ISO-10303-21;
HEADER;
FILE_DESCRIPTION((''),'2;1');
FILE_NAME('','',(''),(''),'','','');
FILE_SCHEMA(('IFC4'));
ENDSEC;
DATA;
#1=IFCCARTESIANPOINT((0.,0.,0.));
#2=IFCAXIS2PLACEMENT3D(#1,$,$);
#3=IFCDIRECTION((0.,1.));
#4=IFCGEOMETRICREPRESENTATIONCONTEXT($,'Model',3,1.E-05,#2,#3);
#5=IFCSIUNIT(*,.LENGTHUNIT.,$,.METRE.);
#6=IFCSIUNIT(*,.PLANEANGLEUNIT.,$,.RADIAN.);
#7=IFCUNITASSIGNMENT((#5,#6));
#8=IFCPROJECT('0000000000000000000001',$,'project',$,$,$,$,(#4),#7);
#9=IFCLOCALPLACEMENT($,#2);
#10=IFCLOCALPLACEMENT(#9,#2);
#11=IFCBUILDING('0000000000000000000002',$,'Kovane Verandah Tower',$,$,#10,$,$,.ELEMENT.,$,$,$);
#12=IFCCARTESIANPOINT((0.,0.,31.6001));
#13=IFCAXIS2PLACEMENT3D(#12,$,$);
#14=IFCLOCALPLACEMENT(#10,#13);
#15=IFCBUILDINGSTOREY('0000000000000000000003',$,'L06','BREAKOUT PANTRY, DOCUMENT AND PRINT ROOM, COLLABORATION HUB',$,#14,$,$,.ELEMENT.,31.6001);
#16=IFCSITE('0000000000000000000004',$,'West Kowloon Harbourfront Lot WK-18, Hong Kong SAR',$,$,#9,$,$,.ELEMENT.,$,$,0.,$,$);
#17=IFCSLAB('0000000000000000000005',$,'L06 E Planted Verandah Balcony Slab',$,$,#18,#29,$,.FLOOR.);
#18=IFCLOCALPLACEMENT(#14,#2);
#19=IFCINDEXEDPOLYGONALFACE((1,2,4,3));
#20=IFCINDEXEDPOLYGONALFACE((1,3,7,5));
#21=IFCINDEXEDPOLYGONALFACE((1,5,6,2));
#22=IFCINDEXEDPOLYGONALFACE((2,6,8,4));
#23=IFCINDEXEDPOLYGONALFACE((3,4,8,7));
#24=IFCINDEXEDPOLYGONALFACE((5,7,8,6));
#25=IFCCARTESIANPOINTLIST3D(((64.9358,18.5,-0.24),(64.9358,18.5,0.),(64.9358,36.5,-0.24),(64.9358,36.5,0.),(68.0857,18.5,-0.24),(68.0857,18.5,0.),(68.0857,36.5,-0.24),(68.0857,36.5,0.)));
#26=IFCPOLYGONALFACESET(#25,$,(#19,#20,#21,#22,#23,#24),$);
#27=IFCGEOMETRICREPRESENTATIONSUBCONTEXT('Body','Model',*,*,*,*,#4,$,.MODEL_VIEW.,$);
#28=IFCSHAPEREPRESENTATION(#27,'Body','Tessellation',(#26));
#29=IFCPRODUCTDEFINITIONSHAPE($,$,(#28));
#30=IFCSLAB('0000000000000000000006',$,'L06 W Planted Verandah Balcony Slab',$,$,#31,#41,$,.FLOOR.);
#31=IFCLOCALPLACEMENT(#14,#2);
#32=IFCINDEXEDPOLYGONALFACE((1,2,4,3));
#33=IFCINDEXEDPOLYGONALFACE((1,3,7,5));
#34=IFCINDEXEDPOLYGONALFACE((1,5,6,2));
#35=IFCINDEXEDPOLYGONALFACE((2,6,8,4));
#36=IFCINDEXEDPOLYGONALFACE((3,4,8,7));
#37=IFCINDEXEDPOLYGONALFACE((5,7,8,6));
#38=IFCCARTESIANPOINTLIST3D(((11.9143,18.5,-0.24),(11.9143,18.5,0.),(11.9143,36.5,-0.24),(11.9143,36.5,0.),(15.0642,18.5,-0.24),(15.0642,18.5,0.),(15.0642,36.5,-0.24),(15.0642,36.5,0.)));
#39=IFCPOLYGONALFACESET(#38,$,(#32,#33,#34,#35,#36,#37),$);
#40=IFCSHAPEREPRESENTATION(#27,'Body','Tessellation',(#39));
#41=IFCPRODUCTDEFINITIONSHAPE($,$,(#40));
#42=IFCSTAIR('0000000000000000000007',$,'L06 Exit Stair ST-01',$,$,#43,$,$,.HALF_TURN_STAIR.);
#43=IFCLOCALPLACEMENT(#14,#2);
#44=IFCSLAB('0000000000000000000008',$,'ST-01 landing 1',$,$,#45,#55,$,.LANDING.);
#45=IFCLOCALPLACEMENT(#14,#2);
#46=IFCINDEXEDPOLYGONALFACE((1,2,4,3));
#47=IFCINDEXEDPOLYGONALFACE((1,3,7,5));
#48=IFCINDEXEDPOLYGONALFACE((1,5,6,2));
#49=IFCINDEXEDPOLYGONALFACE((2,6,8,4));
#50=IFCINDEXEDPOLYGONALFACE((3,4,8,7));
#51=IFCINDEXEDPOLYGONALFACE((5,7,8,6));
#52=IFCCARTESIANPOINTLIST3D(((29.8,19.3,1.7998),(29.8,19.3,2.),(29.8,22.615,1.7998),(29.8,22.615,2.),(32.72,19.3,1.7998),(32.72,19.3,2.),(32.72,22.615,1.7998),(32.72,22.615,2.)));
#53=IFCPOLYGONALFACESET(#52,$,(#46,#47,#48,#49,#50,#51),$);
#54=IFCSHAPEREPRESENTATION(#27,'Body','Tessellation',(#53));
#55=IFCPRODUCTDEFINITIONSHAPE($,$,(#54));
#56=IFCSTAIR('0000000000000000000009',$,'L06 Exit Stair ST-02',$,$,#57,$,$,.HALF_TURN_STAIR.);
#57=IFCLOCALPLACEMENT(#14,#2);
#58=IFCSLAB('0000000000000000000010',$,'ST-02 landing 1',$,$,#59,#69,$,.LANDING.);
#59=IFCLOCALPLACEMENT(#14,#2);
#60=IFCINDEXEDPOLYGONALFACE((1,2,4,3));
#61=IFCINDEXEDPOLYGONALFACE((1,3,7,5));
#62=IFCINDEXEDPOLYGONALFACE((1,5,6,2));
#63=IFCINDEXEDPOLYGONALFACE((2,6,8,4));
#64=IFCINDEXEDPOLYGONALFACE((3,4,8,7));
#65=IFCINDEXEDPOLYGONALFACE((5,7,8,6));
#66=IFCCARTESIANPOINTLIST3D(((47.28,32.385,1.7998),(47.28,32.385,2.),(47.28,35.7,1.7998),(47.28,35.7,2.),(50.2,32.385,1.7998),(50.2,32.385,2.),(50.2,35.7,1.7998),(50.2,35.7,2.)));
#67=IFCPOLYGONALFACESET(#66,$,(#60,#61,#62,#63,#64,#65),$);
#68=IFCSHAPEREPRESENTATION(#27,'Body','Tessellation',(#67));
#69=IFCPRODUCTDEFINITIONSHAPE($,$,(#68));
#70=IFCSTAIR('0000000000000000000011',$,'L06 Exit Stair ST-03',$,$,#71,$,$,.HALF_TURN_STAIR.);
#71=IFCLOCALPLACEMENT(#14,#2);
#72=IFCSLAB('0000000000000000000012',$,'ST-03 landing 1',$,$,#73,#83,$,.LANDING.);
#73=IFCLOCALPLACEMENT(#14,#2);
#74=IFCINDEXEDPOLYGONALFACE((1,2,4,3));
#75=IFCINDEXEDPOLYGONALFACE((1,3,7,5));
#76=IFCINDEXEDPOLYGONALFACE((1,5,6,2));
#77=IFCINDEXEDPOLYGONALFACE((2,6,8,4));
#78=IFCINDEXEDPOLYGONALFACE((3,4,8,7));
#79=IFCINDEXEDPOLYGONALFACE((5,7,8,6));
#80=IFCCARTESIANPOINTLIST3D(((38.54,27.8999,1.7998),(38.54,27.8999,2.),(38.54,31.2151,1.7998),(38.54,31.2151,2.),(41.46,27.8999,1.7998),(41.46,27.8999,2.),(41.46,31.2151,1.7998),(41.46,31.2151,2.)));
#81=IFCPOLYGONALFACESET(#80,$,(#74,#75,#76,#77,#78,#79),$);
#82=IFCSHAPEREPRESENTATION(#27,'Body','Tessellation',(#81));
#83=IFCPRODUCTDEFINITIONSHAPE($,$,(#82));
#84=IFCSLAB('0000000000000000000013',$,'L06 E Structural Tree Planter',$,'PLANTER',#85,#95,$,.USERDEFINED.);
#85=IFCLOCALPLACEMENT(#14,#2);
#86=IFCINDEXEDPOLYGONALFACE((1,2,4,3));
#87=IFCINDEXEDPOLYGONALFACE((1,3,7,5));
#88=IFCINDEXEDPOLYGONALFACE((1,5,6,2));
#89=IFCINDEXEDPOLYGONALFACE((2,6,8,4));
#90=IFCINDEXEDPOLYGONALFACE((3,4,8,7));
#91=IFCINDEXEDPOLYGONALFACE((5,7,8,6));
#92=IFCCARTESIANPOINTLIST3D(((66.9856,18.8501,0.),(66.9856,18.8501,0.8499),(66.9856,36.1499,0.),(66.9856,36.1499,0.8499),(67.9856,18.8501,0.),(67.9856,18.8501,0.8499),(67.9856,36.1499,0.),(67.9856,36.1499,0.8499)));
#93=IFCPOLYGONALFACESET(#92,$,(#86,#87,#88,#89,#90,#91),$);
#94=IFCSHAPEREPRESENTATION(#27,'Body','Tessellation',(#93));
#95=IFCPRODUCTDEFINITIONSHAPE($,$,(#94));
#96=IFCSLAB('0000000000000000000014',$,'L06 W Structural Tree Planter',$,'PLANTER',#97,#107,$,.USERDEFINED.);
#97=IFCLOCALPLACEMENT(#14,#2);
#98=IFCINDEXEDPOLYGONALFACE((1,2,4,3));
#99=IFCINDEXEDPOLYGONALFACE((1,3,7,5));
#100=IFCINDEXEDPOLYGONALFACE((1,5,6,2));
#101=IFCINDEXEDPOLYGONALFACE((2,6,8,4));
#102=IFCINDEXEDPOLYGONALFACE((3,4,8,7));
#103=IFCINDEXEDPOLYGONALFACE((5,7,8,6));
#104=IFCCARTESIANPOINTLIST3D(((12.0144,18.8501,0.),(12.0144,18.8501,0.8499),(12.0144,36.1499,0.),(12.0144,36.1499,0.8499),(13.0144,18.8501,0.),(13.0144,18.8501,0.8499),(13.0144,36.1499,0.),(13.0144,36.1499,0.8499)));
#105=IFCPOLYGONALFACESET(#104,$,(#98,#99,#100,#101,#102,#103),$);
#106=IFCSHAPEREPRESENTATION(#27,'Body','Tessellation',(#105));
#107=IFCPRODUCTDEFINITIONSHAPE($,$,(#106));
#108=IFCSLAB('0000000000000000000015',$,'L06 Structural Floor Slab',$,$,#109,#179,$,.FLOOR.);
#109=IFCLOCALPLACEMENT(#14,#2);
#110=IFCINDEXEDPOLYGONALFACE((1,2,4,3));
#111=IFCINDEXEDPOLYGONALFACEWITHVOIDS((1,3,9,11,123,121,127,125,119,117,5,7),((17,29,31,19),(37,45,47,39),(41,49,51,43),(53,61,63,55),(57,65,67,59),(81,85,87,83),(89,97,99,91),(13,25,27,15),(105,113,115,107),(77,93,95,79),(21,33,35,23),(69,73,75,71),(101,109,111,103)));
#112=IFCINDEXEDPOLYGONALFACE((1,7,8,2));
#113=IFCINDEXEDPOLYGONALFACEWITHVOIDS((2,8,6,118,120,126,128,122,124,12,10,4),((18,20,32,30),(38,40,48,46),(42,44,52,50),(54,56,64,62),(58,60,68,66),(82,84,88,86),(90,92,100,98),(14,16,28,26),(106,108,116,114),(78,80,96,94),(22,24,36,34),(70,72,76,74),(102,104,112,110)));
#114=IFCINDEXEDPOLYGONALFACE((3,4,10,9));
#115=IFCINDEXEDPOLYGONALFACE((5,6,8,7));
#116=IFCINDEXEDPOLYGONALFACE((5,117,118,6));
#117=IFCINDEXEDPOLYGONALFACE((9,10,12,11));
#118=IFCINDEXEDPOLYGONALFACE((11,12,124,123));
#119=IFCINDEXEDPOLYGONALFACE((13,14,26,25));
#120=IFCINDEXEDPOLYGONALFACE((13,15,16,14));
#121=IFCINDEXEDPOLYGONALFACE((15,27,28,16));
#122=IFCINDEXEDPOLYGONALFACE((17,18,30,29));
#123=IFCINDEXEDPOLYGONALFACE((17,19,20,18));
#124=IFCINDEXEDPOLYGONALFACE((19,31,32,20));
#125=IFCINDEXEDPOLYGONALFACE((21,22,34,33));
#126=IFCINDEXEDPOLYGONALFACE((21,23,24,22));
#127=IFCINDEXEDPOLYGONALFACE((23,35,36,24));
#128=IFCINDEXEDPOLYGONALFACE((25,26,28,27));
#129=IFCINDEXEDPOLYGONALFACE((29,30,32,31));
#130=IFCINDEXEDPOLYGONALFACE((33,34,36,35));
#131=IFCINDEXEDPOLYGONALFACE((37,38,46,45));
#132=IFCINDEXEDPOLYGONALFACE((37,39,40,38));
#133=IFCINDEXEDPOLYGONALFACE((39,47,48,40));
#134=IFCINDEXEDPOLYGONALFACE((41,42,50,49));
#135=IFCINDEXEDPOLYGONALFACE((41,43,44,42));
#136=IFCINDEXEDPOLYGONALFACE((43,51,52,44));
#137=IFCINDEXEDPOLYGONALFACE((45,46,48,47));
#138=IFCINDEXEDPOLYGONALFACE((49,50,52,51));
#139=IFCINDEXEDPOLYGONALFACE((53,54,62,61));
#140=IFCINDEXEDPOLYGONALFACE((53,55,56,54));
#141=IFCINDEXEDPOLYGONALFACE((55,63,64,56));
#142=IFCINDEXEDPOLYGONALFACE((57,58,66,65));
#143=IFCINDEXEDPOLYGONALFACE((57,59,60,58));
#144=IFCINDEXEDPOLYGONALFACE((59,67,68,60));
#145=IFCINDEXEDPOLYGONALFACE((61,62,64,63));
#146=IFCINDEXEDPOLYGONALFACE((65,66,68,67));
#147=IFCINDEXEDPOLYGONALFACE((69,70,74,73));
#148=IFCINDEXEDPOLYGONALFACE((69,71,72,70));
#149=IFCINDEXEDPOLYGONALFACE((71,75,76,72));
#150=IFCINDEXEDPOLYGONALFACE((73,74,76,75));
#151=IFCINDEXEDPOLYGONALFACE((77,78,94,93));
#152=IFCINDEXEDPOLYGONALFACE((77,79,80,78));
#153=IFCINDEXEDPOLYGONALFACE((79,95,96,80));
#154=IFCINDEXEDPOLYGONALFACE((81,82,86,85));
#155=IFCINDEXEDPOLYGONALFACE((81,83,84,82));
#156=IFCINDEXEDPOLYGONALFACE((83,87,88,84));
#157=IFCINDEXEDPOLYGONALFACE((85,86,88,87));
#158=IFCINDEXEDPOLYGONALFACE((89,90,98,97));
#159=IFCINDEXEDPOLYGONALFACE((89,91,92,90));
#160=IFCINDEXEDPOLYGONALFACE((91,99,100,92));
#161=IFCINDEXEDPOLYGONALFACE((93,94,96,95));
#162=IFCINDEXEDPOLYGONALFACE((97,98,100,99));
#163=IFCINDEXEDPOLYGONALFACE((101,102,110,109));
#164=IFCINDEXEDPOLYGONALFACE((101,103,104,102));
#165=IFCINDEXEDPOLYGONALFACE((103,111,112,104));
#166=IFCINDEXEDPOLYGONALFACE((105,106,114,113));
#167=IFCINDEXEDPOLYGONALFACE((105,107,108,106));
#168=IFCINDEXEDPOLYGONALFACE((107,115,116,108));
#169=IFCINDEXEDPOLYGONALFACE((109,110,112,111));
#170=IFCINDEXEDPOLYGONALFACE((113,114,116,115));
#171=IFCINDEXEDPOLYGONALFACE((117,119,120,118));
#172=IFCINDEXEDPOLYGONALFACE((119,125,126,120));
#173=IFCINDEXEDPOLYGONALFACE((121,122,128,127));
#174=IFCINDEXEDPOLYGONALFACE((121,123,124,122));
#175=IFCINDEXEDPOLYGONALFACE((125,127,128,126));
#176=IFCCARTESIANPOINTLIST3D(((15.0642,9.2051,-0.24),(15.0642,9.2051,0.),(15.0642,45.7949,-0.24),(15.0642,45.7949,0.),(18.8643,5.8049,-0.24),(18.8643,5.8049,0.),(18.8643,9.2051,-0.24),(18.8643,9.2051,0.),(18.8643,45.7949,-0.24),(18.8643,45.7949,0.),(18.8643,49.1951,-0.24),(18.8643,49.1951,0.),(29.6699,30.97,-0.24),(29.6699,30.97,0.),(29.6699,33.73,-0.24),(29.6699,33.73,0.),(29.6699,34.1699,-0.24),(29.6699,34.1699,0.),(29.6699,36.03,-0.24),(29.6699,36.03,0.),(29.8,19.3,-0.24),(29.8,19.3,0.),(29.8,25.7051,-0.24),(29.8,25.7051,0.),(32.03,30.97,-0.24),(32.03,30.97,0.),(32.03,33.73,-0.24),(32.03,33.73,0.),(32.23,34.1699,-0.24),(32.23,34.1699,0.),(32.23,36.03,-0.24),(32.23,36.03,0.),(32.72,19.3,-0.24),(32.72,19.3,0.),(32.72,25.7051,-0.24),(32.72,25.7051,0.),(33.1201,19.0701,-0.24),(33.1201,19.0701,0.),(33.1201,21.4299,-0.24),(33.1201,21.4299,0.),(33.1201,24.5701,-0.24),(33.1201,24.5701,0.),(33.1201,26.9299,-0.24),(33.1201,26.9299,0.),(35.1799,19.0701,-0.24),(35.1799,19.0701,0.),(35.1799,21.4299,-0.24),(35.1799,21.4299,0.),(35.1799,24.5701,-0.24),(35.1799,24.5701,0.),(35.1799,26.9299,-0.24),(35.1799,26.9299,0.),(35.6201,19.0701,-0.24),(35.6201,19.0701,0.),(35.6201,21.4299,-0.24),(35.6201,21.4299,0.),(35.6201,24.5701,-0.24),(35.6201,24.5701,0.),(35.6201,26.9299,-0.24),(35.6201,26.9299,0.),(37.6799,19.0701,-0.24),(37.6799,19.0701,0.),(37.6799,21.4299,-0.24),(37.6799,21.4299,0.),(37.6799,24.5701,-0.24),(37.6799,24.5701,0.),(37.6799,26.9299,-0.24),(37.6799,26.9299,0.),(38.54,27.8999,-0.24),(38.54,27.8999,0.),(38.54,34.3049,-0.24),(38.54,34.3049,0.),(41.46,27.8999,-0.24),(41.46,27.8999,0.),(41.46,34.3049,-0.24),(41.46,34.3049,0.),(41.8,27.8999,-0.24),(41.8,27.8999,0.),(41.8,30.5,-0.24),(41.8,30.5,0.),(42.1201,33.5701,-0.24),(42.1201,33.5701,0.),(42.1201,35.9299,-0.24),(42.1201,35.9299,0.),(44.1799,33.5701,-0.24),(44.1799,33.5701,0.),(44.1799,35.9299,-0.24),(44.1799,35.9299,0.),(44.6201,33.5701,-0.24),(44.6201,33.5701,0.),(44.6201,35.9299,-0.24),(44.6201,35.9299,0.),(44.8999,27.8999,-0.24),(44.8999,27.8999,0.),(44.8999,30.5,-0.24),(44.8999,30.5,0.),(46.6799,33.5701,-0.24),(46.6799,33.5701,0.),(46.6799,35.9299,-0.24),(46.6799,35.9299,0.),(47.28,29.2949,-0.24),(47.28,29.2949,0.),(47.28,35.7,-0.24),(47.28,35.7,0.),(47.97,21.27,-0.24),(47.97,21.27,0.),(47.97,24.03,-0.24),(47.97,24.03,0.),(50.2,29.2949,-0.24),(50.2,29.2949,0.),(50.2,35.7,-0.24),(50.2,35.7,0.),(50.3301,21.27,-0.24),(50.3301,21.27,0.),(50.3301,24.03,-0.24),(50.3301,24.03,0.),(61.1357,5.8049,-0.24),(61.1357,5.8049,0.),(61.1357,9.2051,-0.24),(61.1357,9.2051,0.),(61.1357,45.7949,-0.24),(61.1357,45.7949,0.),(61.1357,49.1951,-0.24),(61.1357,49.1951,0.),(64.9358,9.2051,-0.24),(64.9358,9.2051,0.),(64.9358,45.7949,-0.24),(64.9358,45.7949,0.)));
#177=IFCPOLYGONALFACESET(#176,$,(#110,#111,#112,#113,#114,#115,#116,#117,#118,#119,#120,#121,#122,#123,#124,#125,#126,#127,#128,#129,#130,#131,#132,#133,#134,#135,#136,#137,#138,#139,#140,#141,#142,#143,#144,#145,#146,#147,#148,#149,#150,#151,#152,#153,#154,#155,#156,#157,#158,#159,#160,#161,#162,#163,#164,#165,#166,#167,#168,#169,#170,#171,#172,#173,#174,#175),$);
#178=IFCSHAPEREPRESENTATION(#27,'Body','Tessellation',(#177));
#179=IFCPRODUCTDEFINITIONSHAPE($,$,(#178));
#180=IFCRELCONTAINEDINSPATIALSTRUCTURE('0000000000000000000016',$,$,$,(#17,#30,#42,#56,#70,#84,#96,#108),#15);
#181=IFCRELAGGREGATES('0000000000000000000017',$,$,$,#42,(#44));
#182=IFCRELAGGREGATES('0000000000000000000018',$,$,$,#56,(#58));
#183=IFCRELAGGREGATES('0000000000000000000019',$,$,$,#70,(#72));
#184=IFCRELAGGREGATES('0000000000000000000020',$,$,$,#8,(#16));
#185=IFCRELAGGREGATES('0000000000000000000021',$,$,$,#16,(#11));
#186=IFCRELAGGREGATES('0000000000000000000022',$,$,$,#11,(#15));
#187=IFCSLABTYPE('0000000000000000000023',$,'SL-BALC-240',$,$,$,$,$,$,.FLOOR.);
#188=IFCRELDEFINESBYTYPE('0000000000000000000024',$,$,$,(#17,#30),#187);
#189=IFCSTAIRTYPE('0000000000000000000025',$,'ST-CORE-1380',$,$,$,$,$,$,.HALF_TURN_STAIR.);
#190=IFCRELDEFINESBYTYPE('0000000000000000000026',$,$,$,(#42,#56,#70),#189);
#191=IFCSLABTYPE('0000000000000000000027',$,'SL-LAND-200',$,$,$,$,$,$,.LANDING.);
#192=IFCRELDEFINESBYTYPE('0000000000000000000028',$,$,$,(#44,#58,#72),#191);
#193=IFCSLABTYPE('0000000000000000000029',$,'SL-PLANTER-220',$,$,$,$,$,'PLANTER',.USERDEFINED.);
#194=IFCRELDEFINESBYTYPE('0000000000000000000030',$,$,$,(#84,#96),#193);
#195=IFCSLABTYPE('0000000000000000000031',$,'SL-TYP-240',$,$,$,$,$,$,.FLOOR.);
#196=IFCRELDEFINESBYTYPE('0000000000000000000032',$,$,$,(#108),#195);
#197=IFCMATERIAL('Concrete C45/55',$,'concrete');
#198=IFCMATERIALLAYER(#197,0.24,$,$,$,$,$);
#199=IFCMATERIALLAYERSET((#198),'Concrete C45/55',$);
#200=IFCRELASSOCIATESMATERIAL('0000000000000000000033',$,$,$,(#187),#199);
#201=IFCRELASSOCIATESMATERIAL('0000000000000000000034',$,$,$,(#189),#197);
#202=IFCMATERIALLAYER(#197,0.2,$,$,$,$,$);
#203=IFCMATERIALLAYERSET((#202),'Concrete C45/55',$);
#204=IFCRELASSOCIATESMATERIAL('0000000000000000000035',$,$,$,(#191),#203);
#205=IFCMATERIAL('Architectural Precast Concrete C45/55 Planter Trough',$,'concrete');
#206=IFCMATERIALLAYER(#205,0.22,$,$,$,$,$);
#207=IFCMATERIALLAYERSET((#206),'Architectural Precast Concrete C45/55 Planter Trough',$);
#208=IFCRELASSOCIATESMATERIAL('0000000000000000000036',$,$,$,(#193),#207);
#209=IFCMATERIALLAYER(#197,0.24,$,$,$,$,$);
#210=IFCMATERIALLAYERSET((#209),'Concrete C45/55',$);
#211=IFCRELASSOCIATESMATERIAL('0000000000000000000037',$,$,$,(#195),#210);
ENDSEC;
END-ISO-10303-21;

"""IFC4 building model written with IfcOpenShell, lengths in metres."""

from ifc_helpers import new_model, si_unit, direction, frame, origin, place, context, subcontext, project, spatial, polyline, outline, extrude, material, layer, layer_set, type_object, element, aggregate, save


model = new_model("IFC4")

# Units and contexts
model_context = context("Model", 3, precision=1e-05, world=origin(), true_north=direction((0.0, 1.0)))
body_context = subcontext(model_context, "Body", "Model", "MODEL_VIEW")
ifc_project = project(units=[si_unit("LENGTHUNIT", "METRE"), si_unit("PLANEANGLEUNIT", "RADIAN")], contexts=[model_context])

# Site, building, storey
site_placement = place(None, origin())
site = spatial("IfcSite", under=ifc_project, at=site_placement, Name="West Kowloon Harbourfront Lot WK-18, Hong Kong SAR", CompositionType="ELEMENT", RefElevation=0.0)
building_placement = place(site_placement, origin())
building = spatial("IfcBuilding", under=site, at=building_placement, Name="Kovane Verandah Tower", CompositionType="ELEMENT")
storey_placement = place(building_placement, frame((0.0, 0.0, 31.6001)))
storey = spatial("IfcBuildingStorey", under=building, at=storey_placement, Name="L06", Description="BREAKOUT PANTRY, DOCUMENT AND PRINT ROOM, COLLABORATION HUB", CompositionType="ELEMENT", Elevation=31.6001)

# Slabs
ifc_material_1 = material(Name="Concrete C45/55", Category="concrete")
ifc_layer_1 = layer(ifc_material_1, 0.24)
ifc_layer_set_1 = layer_set([ifc_layer_1], Name="Concrete C45/55")
slab_type_1 = type_object("IfcSlabType", Name="SL-BALC-240", PredefinedType="FLOOR", material=ifc_layer_set_1)
slab_1_placement = place(storey_placement, frame((0.0, 0.0, -0.24)))
element("IfcSlab", 1, at=slab_1_placement, inside=storey, type_object=slab_type_1, Name="L06 E Planted Verandah Balcony Slab", PredefinedType="FLOOR", context=body_context, shape_type="SweptSolid", body=[
    extrude(outline(polyline([(64.9358, 18.5), (68.0857, 18.5), (68.0857, 36.5), (64.9358, 36.5), (64.9358, 18.5)])), origin(), (0.0, 0.0, 1.0), 0.24),
])
slab_2_placement = place(storey_placement, frame((0.0, 0.0, -0.24)))
element("IfcSlab", 2, at=slab_2_placement, inside=storey, type_object=slab_type_1, Name="L06 W Planted Verandah Balcony Slab", PredefinedType="FLOOR", context=body_context, shape_type="SweptSolid", body=[
    extrude(outline(polyline([(11.9143, 18.5), (15.0642, 18.5), (15.0642, 36.5), (11.9143, 36.5), (11.9143, 18.5)])), origin(), (0.0, 0.0, 1.0), 0.24),
])

# Stairs, slabs
stair_type = type_object("IfcStairType", Name="ST-CORE-1380", PredefinedType="HALF_TURN_STAIR", material=ifc_material_1)
stair_1_placement = place(storey_placement, origin())
stair_1 = element("IfcStair", 3, at=stair_1_placement, inside=storey, type_object=stair_type, Name="L06 Exit Stair ST-01", PredefinedType="HALF_TURN_STAIR")
ifc_layer_2 = layer(ifc_material_1, 0.2)
ifc_layer_set_2 = layer_set([ifc_layer_2], Name="Concrete C45/55")
slab_type_2 = type_object("IfcSlabType", Name="SL-LAND-200", PredefinedType="LANDING", material=ifc_layer_set_2)
slab_3_placement = place(storey_placement, frame((0.0, 0.0, 1.7998)))
slab_3 = element("IfcSlab", 4, at=slab_3_placement, type_object=slab_type_2, Name="ST-01 landing 1", PredefinedType="LANDING", context=body_context, shape_type="SweptSolid", body=[
    extrude(outline(polyline([(29.8, 22.615), (29.8, 19.3), (32.72, 19.3), (32.72, 22.615), (29.8, 22.615)])), origin(), (0.0, 0.0, 1.0), 0.2002),
])
aggregate(stair_1, [slab_3])
stair_2_placement = place(storey_placement, origin())
stair_2 = element("IfcStair", 5, at=stair_2_placement, inside=storey, type_object=stair_type, Name="L06 Exit Stair ST-02", PredefinedType="HALF_TURN_STAIR")
slab_4_placement = place(storey_placement, frame((0.0, 0.0, 1.7998)))
slab_4 = element("IfcSlab", 6, at=slab_4_placement, type_object=slab_type_2, Name="ST-02 landing 1", PredefinedType="LANDING", context=body_context, shape_type="SweptSolid", body=[
    extrude(outline(polyline([(50.2, 32.385), (50.2, 35.7), (47.28, 35.7), (47.28, 32.385), (50.2, 32.385)])), origin(), (0.0, 0.0, 1.0), 0.2002),
])
aggregate(stair_2, [slab_4])
stair_3_placement = place(storey_placement, origin())
stair_3 = element("IfcStair", 7, at=stair_3_placement, inside=storey, type_object=stair_type, Name="L06 Exit Stair ST-03", PredefinedType="HALF_TURN_STAIR")
slab_5_placement = place(storey_placement, frame((0.0, 0.0, 1.7998)))
slab_5 = element("IfcSlab", 8, at=slab_5_placement, type_object=slab_type_2, Name="ST-03 landing 1", PredefinedType="LANDING", context=body_context, shape_type="SweptSolid", body=[
    extrude(outline(polyline([(38.54, 31.2151), (38.54, 27.8999), (41.46, 27.8999), (41.46, 31.2151), (38.54, 31.2151)])), origin(), (0.0, 0.0, 1.0), 0.2002),
])
aggregate(stair_3, [slab_5])

# Slabs
ifc_material_2 = material(Name="Architectural Precast Concrete C45/55 Planter Trough", Category="concrete")
ifc_layer_3 = layer(ifc_material_2, 0.22)
ifc_layer_set_3 = layer_set([ifc_layer_3], Name="Architectural Precast Concrete C45/55 Planter Trough")
slab_type_3 = type_object("IfcSlabType", Name="SL-PLANTER-220", ElementType="PLANTER", PredefinedType="USERDEFINED", material=ifc_layer_set_3)
slab_6_placement = place(storey_placement, origin())
element("IfcSlab", 9, at=slab_6_placement, inside=storey, type_object=slab_type_3, Name="L06 E Structural Tree Planter", ObjectType="PLANTER", PredefinedType="USERDEFINED", context=body_context, shape_type="SweptSolid", body=[
    extrude(outline(polyline([(66.9856, 18.8501), (67.9856, 18.8501), (67.9856, 36.1499), (66.9856, 36.1499), (66.9856, 18.8501)])), origin(), (0.0, 0.0, 1.0), 0.8499),
])
slab_7_placement = place(storey_placement, origin())
element("IfcSlab", 10, at=slab_7_placement, inside=storey, type_object=slab_type_3, Name="L06 W Structural Tree Planter", ObjectType="PLANTER", PredefinedType="USERDEFINED", context=body_context, shape_type="SweptSolid", body=[
    extrude(outline(polyline([(12.0144, 18.8501), (13.0144, 18.8501), (13.0144, 36.1499), (12.0144, 36.1499), (12.0144, 18.8501)])), origin(), (0.0, 0.0, 1.0), 0.8499),
])
ifc_layer_4 = layer(ifc_material_1, 0.24)
ifc_layer_set_4 = layer_set([ifc_layer_4], Name="Concrete C45/55")
slab_type_4 = type_object("IfcSlabType", Name="SL-TYP-240", PredefinedType="FLOOR", material=ifc_layer_set_4)
slab_8_placement = place(storey_placement, frame((0.0, 0.0, -0.24)))
element("IfcSlab", 11, at=slab_8_placement, inside=storey, type_object=slab_type_4, Name="L06 Structural Floor Slab", PredefinedType="FLOOR", context=body_context, shape_type="SweptSolid", body=[
    extrude(outline(polyline([(18.8643, 5.8049), (61.1357, 5.8049), (61.1357, 9.2051), (64.9358, 9.2051), (64.9358, 45.7949), (61.1357, 45.7949), (61.1357, 49.1951), (18.8643, 49.1951), (18.8643, 45.7949), (15.0642, 45.7949), (15.0642, 9.2051), (18.8643, 9.2051), (18.8643, 5.8049)]), holes=[polyline([(29.8, 19.3), (32.72, 19.3), (32.72, 25.7051), (29.8, 25.7051), (29.8, 19.3)]), polyline([(47.28, 29.2949), (50.2, 29.2949), (50.2, 35.7), (47.28, 35.7), (47.28, 29.2949)]), polyline([(38.54, 27.8999), (41.46, 27.8999), (41.46, 34.3049), (38.54, 34.3049), (38.54, 27.8999)]), polyline([(29.6699, 30.97), (32.03, 30.97), (32.03, 33.73), (29.6699, 33.73), (29.6699, 30.97)]), polyline([(47.97, 21.27), (50.3301, 21.27), (50.3301, 24.03), (47.97, 24.03), (47.97, 21.27)]), polyline([(29.6699, 34.1699), (32.23, 34.1699), (32.23, 36.03), (29.6699, 36.03), (29.6699, 34.1699)]), polyline([(33.1201, 19.0701), (35.1799, 19.0701), (35.1799, 21.4299), (33.1201, 21.4299), (33.1201, 19.0701)]), polyline([(35.6201, 19.0701), (37.6799, 19.0701), (37.6799, 21.4299), (35.6201, 21.4299), (35.6201, 19.0701)]), polyline([(33.1201, 24.5701), (35.1799, 24.5701), (35.1799, 26.9299), (33.1201, 26.9299), (33.1201, 24.5701)]), polyline([(35.6201, 24.5701), (37.6799, 24.5701), (37.6799, 26.9299), (35.6201, 26.9299), (35.6201, 24.5701)]), polyline([(42.1201, 33.5701), (44.1799, 33.5701), (44.1799, 35.9299), (42.1201, 35.9299), (42.1201, 33.5701)]), polyline([(44.6201, 33.5701), (46.6799, 33.5701), (46.6799, 35.9299), (44.6201, 35.9299), (44.6201, 33.5701)]), polyline([(41.8, 27.8999), (44.8999, 27.8999), (44.8999, 30.5), (41.8, 30.5), (41.8, 27.8999)])]), origin(), (0.0, 0.0, 1.0), 0.24),
])

save(model, "model.ifc")
